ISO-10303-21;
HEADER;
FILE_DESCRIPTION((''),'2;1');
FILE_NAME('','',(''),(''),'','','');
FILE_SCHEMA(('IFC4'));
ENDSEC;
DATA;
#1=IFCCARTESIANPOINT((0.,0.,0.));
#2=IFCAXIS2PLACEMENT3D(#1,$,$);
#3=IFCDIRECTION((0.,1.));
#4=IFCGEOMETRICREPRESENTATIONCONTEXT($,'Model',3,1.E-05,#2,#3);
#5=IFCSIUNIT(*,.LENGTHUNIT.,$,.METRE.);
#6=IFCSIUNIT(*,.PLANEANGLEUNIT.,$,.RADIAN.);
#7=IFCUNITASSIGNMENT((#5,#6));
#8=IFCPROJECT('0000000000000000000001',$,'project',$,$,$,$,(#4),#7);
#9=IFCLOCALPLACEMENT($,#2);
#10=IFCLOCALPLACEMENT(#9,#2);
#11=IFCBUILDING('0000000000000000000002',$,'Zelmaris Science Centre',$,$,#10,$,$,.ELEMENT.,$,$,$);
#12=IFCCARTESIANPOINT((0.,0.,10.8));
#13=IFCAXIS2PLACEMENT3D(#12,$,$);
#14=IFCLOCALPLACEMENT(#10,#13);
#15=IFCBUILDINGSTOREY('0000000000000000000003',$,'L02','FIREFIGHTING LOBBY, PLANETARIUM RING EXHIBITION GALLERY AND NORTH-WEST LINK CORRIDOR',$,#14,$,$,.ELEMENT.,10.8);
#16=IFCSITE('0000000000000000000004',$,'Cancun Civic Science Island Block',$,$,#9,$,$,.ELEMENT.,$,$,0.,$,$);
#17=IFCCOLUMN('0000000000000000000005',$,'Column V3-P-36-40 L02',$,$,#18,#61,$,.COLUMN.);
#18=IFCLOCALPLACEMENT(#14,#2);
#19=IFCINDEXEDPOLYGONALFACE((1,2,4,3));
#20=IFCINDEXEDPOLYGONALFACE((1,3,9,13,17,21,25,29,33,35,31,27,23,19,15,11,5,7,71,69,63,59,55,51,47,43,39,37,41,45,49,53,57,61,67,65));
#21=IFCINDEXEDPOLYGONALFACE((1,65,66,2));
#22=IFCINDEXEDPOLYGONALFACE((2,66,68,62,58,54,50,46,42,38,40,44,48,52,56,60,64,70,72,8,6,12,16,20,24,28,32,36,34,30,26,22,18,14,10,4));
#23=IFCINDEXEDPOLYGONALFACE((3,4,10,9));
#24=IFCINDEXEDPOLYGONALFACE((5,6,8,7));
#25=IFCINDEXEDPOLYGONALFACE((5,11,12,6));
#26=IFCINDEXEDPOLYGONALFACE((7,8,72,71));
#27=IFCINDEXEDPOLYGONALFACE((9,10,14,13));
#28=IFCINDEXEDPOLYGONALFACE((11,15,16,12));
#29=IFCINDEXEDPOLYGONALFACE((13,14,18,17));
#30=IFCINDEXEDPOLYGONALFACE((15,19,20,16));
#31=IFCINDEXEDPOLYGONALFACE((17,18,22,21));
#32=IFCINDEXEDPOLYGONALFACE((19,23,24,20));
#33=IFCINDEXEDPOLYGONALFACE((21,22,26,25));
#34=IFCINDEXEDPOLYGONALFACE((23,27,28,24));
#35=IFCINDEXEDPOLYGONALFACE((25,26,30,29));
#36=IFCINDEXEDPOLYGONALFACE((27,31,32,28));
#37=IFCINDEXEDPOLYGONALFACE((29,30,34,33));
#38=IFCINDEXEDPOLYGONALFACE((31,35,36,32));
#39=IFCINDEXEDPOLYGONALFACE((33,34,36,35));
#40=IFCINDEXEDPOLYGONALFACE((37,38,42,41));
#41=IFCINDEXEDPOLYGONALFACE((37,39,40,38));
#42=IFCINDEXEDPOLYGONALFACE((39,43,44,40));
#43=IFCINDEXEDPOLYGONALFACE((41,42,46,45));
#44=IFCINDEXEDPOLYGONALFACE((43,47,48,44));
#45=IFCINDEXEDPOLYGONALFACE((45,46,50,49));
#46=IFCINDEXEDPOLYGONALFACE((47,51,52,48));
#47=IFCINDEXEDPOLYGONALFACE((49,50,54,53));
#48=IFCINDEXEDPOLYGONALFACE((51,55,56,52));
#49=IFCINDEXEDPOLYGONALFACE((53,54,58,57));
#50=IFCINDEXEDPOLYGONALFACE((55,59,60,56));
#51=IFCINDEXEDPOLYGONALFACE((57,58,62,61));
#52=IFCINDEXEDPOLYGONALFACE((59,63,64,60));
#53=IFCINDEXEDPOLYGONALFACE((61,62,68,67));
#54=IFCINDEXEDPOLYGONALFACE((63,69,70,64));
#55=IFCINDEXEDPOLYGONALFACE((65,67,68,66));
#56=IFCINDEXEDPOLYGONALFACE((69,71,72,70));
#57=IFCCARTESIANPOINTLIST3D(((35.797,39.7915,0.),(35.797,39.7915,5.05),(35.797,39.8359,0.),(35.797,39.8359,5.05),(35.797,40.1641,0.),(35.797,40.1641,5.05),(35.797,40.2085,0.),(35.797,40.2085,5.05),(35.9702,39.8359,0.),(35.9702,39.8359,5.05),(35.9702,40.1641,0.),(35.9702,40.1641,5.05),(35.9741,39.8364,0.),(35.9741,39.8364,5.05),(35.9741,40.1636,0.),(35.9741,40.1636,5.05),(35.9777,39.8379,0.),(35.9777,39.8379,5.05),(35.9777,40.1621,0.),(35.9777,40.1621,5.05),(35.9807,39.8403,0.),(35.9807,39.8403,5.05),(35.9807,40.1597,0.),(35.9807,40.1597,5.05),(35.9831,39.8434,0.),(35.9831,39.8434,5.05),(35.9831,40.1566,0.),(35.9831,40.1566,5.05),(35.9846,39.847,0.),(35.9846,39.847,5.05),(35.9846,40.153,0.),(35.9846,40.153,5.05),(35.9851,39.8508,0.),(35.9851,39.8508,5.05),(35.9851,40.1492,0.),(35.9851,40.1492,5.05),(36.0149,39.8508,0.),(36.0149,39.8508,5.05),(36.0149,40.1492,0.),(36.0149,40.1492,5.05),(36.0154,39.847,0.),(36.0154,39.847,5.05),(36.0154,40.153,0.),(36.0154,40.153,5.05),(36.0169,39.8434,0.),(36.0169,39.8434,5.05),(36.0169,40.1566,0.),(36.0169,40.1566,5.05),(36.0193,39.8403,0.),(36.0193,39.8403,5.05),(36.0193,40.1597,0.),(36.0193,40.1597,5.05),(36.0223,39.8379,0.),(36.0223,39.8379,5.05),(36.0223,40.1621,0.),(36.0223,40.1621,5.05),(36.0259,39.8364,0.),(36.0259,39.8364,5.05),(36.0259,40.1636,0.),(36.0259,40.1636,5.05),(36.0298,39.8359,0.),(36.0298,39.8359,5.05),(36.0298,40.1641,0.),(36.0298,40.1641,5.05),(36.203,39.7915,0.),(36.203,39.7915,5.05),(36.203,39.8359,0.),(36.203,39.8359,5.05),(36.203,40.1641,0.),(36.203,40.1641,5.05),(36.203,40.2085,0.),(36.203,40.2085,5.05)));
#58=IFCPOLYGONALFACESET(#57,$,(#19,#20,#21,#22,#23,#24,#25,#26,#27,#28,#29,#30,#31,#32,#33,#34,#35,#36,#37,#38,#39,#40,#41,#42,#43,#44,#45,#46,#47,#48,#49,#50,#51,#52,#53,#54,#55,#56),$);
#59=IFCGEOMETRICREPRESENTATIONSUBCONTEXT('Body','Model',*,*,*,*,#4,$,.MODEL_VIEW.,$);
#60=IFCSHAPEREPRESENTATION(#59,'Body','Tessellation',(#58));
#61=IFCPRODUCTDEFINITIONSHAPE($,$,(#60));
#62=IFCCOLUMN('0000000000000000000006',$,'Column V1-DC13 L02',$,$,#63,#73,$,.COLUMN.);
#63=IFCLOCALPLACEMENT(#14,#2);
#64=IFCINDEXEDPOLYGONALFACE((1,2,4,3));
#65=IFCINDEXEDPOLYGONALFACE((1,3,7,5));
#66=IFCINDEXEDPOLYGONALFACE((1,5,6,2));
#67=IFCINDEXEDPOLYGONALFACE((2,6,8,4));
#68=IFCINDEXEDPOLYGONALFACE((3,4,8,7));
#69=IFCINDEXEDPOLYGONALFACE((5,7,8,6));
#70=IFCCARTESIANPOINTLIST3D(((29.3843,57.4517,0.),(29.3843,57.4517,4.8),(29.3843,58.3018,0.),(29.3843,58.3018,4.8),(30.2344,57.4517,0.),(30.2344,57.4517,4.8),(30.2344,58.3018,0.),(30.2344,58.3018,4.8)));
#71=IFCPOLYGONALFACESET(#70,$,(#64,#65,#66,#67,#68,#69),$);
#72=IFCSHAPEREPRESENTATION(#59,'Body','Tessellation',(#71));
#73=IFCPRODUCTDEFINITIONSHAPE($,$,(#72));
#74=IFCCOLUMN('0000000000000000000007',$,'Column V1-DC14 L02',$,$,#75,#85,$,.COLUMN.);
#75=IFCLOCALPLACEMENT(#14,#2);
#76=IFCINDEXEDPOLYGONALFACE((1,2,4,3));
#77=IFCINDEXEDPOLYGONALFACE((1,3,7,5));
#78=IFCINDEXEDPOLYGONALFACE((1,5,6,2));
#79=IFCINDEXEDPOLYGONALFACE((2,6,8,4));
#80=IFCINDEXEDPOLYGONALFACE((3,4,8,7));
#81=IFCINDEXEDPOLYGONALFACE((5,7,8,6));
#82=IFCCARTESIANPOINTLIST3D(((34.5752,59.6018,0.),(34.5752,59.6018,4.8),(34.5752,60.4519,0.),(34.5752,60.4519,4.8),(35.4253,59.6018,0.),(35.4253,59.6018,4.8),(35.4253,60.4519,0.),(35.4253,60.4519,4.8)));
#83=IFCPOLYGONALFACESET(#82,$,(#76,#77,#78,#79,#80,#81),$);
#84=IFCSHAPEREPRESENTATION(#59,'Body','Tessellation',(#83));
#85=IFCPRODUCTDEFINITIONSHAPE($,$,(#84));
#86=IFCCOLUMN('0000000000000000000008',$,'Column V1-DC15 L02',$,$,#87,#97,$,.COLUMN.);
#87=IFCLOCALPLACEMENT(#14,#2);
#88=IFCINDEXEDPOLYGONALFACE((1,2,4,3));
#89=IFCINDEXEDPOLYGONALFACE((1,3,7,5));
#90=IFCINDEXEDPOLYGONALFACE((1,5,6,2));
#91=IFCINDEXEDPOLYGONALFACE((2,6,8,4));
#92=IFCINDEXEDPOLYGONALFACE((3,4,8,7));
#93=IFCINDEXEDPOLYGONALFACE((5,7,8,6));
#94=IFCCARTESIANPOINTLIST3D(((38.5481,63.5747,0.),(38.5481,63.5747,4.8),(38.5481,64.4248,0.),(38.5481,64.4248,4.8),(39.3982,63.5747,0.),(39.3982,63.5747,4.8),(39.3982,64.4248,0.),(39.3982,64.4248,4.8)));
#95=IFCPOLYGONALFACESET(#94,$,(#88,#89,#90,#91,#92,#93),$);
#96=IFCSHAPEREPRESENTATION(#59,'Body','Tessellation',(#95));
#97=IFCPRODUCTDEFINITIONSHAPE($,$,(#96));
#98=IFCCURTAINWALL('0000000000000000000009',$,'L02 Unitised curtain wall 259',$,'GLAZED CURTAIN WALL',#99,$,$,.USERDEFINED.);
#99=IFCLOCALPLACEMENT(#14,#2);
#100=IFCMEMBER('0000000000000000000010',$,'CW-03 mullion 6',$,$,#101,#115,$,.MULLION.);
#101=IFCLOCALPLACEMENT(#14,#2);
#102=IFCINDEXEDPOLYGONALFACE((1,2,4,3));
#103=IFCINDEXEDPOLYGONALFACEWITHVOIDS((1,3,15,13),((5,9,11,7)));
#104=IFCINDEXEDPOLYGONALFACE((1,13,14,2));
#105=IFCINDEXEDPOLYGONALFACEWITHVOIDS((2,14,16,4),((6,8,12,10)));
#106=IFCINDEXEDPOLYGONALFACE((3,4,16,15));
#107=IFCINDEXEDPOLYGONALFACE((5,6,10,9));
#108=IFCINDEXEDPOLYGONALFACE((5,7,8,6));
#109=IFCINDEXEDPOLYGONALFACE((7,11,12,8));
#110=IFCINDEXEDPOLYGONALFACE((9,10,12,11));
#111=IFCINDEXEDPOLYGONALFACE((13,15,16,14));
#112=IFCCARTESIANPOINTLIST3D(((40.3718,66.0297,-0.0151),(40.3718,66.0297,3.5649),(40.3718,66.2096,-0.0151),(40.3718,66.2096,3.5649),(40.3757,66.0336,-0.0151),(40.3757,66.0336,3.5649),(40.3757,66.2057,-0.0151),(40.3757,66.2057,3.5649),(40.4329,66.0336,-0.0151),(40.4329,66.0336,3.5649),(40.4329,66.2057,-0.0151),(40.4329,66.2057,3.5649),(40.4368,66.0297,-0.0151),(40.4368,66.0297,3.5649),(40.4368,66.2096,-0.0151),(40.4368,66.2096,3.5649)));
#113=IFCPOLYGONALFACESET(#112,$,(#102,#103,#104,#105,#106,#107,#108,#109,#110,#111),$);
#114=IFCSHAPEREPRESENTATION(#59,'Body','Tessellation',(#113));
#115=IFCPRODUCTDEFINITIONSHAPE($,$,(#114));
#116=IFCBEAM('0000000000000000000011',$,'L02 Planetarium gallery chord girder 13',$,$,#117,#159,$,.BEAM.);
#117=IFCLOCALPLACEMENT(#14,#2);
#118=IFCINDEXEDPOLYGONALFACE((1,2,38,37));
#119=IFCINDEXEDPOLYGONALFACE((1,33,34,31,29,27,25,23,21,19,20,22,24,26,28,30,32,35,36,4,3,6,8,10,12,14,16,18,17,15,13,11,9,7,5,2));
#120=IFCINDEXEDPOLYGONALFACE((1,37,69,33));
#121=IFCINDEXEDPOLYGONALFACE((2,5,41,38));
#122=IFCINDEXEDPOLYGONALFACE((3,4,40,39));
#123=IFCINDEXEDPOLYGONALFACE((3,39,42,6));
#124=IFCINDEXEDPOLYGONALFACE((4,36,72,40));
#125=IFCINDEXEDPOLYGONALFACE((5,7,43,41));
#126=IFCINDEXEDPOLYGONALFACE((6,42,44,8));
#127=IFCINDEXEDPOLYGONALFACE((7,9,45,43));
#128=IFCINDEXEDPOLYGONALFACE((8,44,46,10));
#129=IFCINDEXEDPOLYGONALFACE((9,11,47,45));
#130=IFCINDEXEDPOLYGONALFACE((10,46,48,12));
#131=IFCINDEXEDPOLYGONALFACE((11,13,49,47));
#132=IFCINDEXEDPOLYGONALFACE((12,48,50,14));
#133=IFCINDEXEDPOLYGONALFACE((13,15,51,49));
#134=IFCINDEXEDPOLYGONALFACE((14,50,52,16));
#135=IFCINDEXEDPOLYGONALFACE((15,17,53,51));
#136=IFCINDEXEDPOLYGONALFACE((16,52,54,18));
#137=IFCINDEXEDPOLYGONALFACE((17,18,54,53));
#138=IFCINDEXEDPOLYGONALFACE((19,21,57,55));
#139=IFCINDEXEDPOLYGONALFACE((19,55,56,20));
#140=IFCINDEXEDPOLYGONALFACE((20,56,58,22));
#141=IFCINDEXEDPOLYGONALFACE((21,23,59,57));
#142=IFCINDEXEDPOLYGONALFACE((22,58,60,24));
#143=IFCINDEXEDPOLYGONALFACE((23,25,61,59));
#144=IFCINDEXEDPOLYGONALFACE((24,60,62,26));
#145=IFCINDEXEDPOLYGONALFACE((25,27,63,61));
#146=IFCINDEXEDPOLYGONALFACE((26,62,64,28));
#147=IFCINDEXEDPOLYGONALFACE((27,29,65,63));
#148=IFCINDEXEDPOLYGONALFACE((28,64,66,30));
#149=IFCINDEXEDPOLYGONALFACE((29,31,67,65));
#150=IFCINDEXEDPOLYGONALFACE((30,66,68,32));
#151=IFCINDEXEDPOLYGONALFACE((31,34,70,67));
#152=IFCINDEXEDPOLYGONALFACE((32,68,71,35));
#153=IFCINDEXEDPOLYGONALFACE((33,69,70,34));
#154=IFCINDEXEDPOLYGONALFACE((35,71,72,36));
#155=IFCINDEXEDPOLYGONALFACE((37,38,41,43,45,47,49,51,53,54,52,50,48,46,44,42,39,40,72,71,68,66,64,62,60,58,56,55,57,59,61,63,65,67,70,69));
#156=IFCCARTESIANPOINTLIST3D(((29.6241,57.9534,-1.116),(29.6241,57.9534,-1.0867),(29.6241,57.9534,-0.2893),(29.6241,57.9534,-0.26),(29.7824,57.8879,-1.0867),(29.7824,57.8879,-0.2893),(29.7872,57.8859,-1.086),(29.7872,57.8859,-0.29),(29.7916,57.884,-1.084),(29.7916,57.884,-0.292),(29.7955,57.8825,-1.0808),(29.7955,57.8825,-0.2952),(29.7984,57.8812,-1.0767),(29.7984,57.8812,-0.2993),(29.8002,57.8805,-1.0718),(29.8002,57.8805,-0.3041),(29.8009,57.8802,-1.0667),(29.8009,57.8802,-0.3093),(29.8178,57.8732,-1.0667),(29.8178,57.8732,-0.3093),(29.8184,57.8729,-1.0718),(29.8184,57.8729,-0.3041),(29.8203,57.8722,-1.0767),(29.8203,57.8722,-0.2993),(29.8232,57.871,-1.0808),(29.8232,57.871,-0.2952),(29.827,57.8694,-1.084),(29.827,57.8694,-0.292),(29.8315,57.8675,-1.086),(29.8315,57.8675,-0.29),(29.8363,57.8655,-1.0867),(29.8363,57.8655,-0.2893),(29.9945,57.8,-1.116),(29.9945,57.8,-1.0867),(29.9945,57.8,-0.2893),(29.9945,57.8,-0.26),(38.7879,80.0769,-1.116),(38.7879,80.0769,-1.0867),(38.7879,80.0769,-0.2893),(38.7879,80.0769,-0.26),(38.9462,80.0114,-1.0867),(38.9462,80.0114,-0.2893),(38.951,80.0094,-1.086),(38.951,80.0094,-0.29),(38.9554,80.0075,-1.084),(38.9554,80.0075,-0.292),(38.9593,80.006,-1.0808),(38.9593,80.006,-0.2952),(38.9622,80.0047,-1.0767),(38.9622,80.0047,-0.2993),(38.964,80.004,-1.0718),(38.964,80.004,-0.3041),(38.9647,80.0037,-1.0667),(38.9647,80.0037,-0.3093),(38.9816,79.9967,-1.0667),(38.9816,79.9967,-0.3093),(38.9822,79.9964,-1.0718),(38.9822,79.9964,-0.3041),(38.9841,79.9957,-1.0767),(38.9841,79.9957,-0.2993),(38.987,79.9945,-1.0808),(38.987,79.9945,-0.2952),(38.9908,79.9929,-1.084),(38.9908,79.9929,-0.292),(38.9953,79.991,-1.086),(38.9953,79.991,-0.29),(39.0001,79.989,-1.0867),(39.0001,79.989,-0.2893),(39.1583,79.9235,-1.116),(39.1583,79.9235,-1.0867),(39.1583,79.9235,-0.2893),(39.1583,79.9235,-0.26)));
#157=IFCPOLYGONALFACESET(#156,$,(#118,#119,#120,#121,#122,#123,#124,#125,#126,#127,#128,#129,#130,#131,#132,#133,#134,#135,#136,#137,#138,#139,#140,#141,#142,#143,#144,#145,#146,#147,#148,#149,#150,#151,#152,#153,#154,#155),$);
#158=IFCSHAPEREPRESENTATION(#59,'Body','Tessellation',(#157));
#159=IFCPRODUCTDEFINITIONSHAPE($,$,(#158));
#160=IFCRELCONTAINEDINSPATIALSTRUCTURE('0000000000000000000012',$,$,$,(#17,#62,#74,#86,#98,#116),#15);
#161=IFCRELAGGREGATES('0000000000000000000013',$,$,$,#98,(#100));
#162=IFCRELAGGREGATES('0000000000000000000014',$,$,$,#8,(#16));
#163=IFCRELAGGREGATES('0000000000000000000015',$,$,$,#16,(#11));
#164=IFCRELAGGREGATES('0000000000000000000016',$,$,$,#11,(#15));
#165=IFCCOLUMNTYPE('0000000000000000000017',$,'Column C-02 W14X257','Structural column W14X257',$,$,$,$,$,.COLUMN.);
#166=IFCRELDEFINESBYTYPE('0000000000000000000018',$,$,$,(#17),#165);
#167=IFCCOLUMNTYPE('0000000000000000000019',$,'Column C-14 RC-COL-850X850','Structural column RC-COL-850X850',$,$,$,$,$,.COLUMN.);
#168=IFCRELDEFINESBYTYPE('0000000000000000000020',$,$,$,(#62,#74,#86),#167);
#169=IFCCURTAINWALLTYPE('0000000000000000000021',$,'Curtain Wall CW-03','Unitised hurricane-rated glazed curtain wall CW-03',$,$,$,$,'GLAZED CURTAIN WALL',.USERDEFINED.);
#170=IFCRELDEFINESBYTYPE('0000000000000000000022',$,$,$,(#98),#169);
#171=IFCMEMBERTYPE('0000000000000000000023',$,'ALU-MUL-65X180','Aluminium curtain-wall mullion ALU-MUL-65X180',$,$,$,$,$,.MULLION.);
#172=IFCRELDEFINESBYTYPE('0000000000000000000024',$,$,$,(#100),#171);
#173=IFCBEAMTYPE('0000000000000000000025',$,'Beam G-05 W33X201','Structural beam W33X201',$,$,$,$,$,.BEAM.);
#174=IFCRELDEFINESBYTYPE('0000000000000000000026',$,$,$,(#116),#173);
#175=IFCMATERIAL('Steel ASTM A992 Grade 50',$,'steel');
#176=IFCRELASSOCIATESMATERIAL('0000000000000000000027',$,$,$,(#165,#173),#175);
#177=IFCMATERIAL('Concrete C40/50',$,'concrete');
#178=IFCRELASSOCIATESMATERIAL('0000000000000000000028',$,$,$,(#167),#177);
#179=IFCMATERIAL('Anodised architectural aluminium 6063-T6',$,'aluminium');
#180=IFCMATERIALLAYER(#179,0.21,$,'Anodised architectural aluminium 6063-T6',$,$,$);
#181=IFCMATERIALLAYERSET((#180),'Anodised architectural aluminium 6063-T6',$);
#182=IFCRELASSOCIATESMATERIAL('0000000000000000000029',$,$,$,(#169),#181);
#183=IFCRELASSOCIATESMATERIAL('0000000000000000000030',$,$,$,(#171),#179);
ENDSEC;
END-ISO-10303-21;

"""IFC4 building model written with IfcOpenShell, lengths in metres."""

from ifc_helpers import new_model, si_unit, direction, frame, origin, origin_2d, place, context, subcontext, project, spatial, rectangle, hollow_rectangle, i_section, extrude, material, layer, layer_set, material_profile, profile_set, type_object, element, aggregate, save


model = new_model("IFC4")

# Units and contexts
model_context = context("Model", 3, precision=1e-05, world=origin(), true_north=direction((0.0, 1.0)))
body_context = subcontext(model_context, "Body", "Model", "MODEL_VIEW")
ifc_project = project(units=[si_unit("LENGTHUNIT", "METRE"), si_unit("PLANEANGLEUNIT", "RADIAN")], contexts=[model_context])

# Site, building, storey
site_placement = place(None, origin())
site = spatial("IfcSite", under=ifc_project, at=site_placement, Name="Cancun Civic Science Island Block", CompositionType="ELEMENT", RefElevation=0.0)
building_placement = place(site_placement, origin())
building = spatial("IfcBuilding", under=site, at=building_placement, Name="Zelmaris Science Centre", CompositionType="ELEMENT")
storey_placement = place(building_placement, frame((0.0, 0.0, 10.8)))
storey = spatial("IfcBuildingStorey", under=building, at=storey_placement, Name="L02", Description="FIREFIGHTING LOBBY, PLANETARIUM RING EXHIBITION GALLERY AND NORTH-WEST LINK CORRIDOR", CompositionType="ELEMENT", Elevation=10.8)

# Columns
ifc_material_1 = material(Name="Steel ASTM A992 Grade 50", Category="steel")
ifc_material_profile_1 = material_profile(ifc_material_1, i_section(OverallWidth=0.406, OverallDepth=0.417, WebThickness=0.0298, FlangeThickness=0.0444, FilletRadius=0.0149, at=origin_2d()), Name="W14X257")
ifc_profile_set_1 = profile_set([ifc_material_profile_1], Name="Steel ASTM A992 Grade 50")
column_type_1 = type_object("IfcColumnType", Name="Column C-02 W14X257", Description="Structural column W14X257", PredefinedType="COLUMN", material=ifc_profile_set_1)
column_placement = place(storey_placement, frame((36.0, 40.0, 0.0), z_axis=(0.0, 0.0, 1.0), x_axis=(1.0, 0.0, 0.0)))
element("IfcColumn", 1, at=column_placement, inside=storey, type_object=column_type_1, Name="Column V3-P-36-40 L02", PredefinedType="COLUMN", context=body_context, shape_type="SweptSolid", body=[
    extrude(i_section(OverallWidth=0.406, OverallDepth=0.417, WebThickness=0.0298, FlangeThickness=0.0444, FilletRadius=0.0149, at=origin_2d()), origin(), (0.0, 0.0, 1.0), 5.05),
])
ifc_material_2 = material(Name="Concrete C40/50", Category="concrete")
ifc_material_profile_2 = material_profile(ifc_material_2, rectangle(XDim=0.8501, YDim=0.8501, at=origin_2d()), Name="RC-COL-850X850")
ifc_profile_set_2 = profile_set([ifc_material_profile_2], Name="Concrete C40/50")
column_type_2 = type_object("IfcColumnType", Name="Column C-14 RC-COL-850X850", Description="Structural column RC-COL-850X850", PredefinedType="COLUMN", material=ifc_profile_set_2)
for number, where, z_axis, x_axis, name in (
    (2, (29.8093, 57.8767, 0.0), (0.0, 0.0, 1.0), (1.0, 0.0, 0.0), "Column V1-DC13 L02"),
    (3, (35.0002, 60.0269, 0.0), (0.0, 0.0, 1.0), (1.0, 0.0, 0.0), "Column V1-DC14 L02"),
    (4, (38.9731, 63.9998, 0.0), (0.0, 0.0, 1.0), (1.0, 0.0, 0.0), "Column V1-DC15 L02"),
):
    element("IfcColumn", number, at=place(storey_placement, frame(where, z_axis=z_axis, x_axis=x_axis)), inside=storey, type_object=column_type_2, Name=name, PredefinedType="COLUMN", context=body_context, shape_type="SweptSolid", body=[
        extrude(rectangle(XDim=0.8501, YDim=0.8501, at=origin_2d()), origin(), (0.0, 0.0, 1.0), 4.8),
    ])

# Curtain wall, member
ifc_material_3 = material(Name="Anodised architectural aluminium 6063-T6", Category="aluminium")
ifc_layer_1 = layer(ifc_material_3, 0.21, Name="Anodised architectural aluminium 6063-T6")
ifc_layer_set_1 = layer_set([ifc_layer_1], Name="Anodised architectural aluminium 6063-T6")
curtain_wall_type = type_object("IfcCurtainWallType", Name="Curtain Wall CW-03", Description="Unitised hurricane-rated glazed curtain wall CW-03", ElementType="GLAZED CURTAIN WALL", PredefinedType="USERDEFINED", material=ifc_layer_set_1)
curtain_wall_placement = place(storey_placement, origin())
curtain_wall = element("IfcCurtainWall", 5, at=curtain_wall_placement, inside=storey, type_object=curtain_wall_type, Name="L02 Unitised curtain wall 259", ObjectType="GLAZED CURTAIN WALL", PredefinedType="USERDEFINED")
ifc_material_profile_3 = material_profile(ifc_material_3, hollow_rectangle(XDim=0.0649, YDim=0.1799, WallThickness=0.0039, at=origin_2d()), Name="ALU-MUL-65X180")
ifc_profile_set_3 = profile_set([ifc_material_profile_3], Name="Anodised architectural aluminium 6063-T6")
member_type = type_object("IfcMemberType", Name="ALU-MUL-65X180", Description="Aluminium curtain-wall mullion ALU-MUL-65X180", PredefinedType="MULLION", material=ifc_profile_set_3)
member_placement = place(storey_placement, frame((40.4043, 66.1196, -0.0151), z_axis=(0.0, 0.0, 1.0), x_axis=(-1.0, 0.0, 0.0)))
member = element("IfcMember", 6, at=member_placement, type_object=member_type, Name="CW-03 mullion 6", PredefinedType="MULLION", context=body_context, shape_type="SweptSolid", body=[
    extrude(hollow_rectangle(XDim=0.0649, YDim=0.1799, WallThickness=0.0039, at=origin_2d()), origin(), (0.0, 0.0, 1.0), 3.5801),
])
aggregate(curtain_wall, [member])

# Beam
ifc_material_profile_4 = material_profile(ifc_material_1, i_section(OverallWidth=0.4009, OverallDepth=0.856, WebThickness=0.0183, FlangeThickness=0.0293, FilletRadius=0.02, at=origin_2d()), Name="W33X201")
ifc_profile_set_4 = profile_set([ifc_material_profile_4], Name="Steel ASTM A992 Grade 50")
beam_type_1 = type_object("IfcBeamType", Name="Beam G-05 W33X201", Description="Structural beam W33X201", PredefinedType="BEAM", material=ifc_profile_set_4)
for number, where, z_axis, x_axis, name in (
    (7, (29.8093, 57.8767, -0.688), (0.382682, 0.92388, 0.0), (-0.92388, 0.382682, 0.0), "L02 Planetarium gallery chord girder 13"),
):
    element("IfcBeam", number, at=place(storey_placement, frame(where, z_axis=z_axis, x_axis=x_axis)), inside=storey, type_object=beam_type_1, Name=name, PredefinedType="BEAM", context=body_context, shape_type="SweptSolid", body=[
        extrude(i_section(OverallWidth=0.4009, OverallDepth=0.856, WebThickness=0.0183, FlangeThickness=0.0293, FilletRadius=0.02, at=origin_2d()), origin(), (0.0, 0.0, 1.0), 23.9463),
    ])

save(model, "model.ifc")
